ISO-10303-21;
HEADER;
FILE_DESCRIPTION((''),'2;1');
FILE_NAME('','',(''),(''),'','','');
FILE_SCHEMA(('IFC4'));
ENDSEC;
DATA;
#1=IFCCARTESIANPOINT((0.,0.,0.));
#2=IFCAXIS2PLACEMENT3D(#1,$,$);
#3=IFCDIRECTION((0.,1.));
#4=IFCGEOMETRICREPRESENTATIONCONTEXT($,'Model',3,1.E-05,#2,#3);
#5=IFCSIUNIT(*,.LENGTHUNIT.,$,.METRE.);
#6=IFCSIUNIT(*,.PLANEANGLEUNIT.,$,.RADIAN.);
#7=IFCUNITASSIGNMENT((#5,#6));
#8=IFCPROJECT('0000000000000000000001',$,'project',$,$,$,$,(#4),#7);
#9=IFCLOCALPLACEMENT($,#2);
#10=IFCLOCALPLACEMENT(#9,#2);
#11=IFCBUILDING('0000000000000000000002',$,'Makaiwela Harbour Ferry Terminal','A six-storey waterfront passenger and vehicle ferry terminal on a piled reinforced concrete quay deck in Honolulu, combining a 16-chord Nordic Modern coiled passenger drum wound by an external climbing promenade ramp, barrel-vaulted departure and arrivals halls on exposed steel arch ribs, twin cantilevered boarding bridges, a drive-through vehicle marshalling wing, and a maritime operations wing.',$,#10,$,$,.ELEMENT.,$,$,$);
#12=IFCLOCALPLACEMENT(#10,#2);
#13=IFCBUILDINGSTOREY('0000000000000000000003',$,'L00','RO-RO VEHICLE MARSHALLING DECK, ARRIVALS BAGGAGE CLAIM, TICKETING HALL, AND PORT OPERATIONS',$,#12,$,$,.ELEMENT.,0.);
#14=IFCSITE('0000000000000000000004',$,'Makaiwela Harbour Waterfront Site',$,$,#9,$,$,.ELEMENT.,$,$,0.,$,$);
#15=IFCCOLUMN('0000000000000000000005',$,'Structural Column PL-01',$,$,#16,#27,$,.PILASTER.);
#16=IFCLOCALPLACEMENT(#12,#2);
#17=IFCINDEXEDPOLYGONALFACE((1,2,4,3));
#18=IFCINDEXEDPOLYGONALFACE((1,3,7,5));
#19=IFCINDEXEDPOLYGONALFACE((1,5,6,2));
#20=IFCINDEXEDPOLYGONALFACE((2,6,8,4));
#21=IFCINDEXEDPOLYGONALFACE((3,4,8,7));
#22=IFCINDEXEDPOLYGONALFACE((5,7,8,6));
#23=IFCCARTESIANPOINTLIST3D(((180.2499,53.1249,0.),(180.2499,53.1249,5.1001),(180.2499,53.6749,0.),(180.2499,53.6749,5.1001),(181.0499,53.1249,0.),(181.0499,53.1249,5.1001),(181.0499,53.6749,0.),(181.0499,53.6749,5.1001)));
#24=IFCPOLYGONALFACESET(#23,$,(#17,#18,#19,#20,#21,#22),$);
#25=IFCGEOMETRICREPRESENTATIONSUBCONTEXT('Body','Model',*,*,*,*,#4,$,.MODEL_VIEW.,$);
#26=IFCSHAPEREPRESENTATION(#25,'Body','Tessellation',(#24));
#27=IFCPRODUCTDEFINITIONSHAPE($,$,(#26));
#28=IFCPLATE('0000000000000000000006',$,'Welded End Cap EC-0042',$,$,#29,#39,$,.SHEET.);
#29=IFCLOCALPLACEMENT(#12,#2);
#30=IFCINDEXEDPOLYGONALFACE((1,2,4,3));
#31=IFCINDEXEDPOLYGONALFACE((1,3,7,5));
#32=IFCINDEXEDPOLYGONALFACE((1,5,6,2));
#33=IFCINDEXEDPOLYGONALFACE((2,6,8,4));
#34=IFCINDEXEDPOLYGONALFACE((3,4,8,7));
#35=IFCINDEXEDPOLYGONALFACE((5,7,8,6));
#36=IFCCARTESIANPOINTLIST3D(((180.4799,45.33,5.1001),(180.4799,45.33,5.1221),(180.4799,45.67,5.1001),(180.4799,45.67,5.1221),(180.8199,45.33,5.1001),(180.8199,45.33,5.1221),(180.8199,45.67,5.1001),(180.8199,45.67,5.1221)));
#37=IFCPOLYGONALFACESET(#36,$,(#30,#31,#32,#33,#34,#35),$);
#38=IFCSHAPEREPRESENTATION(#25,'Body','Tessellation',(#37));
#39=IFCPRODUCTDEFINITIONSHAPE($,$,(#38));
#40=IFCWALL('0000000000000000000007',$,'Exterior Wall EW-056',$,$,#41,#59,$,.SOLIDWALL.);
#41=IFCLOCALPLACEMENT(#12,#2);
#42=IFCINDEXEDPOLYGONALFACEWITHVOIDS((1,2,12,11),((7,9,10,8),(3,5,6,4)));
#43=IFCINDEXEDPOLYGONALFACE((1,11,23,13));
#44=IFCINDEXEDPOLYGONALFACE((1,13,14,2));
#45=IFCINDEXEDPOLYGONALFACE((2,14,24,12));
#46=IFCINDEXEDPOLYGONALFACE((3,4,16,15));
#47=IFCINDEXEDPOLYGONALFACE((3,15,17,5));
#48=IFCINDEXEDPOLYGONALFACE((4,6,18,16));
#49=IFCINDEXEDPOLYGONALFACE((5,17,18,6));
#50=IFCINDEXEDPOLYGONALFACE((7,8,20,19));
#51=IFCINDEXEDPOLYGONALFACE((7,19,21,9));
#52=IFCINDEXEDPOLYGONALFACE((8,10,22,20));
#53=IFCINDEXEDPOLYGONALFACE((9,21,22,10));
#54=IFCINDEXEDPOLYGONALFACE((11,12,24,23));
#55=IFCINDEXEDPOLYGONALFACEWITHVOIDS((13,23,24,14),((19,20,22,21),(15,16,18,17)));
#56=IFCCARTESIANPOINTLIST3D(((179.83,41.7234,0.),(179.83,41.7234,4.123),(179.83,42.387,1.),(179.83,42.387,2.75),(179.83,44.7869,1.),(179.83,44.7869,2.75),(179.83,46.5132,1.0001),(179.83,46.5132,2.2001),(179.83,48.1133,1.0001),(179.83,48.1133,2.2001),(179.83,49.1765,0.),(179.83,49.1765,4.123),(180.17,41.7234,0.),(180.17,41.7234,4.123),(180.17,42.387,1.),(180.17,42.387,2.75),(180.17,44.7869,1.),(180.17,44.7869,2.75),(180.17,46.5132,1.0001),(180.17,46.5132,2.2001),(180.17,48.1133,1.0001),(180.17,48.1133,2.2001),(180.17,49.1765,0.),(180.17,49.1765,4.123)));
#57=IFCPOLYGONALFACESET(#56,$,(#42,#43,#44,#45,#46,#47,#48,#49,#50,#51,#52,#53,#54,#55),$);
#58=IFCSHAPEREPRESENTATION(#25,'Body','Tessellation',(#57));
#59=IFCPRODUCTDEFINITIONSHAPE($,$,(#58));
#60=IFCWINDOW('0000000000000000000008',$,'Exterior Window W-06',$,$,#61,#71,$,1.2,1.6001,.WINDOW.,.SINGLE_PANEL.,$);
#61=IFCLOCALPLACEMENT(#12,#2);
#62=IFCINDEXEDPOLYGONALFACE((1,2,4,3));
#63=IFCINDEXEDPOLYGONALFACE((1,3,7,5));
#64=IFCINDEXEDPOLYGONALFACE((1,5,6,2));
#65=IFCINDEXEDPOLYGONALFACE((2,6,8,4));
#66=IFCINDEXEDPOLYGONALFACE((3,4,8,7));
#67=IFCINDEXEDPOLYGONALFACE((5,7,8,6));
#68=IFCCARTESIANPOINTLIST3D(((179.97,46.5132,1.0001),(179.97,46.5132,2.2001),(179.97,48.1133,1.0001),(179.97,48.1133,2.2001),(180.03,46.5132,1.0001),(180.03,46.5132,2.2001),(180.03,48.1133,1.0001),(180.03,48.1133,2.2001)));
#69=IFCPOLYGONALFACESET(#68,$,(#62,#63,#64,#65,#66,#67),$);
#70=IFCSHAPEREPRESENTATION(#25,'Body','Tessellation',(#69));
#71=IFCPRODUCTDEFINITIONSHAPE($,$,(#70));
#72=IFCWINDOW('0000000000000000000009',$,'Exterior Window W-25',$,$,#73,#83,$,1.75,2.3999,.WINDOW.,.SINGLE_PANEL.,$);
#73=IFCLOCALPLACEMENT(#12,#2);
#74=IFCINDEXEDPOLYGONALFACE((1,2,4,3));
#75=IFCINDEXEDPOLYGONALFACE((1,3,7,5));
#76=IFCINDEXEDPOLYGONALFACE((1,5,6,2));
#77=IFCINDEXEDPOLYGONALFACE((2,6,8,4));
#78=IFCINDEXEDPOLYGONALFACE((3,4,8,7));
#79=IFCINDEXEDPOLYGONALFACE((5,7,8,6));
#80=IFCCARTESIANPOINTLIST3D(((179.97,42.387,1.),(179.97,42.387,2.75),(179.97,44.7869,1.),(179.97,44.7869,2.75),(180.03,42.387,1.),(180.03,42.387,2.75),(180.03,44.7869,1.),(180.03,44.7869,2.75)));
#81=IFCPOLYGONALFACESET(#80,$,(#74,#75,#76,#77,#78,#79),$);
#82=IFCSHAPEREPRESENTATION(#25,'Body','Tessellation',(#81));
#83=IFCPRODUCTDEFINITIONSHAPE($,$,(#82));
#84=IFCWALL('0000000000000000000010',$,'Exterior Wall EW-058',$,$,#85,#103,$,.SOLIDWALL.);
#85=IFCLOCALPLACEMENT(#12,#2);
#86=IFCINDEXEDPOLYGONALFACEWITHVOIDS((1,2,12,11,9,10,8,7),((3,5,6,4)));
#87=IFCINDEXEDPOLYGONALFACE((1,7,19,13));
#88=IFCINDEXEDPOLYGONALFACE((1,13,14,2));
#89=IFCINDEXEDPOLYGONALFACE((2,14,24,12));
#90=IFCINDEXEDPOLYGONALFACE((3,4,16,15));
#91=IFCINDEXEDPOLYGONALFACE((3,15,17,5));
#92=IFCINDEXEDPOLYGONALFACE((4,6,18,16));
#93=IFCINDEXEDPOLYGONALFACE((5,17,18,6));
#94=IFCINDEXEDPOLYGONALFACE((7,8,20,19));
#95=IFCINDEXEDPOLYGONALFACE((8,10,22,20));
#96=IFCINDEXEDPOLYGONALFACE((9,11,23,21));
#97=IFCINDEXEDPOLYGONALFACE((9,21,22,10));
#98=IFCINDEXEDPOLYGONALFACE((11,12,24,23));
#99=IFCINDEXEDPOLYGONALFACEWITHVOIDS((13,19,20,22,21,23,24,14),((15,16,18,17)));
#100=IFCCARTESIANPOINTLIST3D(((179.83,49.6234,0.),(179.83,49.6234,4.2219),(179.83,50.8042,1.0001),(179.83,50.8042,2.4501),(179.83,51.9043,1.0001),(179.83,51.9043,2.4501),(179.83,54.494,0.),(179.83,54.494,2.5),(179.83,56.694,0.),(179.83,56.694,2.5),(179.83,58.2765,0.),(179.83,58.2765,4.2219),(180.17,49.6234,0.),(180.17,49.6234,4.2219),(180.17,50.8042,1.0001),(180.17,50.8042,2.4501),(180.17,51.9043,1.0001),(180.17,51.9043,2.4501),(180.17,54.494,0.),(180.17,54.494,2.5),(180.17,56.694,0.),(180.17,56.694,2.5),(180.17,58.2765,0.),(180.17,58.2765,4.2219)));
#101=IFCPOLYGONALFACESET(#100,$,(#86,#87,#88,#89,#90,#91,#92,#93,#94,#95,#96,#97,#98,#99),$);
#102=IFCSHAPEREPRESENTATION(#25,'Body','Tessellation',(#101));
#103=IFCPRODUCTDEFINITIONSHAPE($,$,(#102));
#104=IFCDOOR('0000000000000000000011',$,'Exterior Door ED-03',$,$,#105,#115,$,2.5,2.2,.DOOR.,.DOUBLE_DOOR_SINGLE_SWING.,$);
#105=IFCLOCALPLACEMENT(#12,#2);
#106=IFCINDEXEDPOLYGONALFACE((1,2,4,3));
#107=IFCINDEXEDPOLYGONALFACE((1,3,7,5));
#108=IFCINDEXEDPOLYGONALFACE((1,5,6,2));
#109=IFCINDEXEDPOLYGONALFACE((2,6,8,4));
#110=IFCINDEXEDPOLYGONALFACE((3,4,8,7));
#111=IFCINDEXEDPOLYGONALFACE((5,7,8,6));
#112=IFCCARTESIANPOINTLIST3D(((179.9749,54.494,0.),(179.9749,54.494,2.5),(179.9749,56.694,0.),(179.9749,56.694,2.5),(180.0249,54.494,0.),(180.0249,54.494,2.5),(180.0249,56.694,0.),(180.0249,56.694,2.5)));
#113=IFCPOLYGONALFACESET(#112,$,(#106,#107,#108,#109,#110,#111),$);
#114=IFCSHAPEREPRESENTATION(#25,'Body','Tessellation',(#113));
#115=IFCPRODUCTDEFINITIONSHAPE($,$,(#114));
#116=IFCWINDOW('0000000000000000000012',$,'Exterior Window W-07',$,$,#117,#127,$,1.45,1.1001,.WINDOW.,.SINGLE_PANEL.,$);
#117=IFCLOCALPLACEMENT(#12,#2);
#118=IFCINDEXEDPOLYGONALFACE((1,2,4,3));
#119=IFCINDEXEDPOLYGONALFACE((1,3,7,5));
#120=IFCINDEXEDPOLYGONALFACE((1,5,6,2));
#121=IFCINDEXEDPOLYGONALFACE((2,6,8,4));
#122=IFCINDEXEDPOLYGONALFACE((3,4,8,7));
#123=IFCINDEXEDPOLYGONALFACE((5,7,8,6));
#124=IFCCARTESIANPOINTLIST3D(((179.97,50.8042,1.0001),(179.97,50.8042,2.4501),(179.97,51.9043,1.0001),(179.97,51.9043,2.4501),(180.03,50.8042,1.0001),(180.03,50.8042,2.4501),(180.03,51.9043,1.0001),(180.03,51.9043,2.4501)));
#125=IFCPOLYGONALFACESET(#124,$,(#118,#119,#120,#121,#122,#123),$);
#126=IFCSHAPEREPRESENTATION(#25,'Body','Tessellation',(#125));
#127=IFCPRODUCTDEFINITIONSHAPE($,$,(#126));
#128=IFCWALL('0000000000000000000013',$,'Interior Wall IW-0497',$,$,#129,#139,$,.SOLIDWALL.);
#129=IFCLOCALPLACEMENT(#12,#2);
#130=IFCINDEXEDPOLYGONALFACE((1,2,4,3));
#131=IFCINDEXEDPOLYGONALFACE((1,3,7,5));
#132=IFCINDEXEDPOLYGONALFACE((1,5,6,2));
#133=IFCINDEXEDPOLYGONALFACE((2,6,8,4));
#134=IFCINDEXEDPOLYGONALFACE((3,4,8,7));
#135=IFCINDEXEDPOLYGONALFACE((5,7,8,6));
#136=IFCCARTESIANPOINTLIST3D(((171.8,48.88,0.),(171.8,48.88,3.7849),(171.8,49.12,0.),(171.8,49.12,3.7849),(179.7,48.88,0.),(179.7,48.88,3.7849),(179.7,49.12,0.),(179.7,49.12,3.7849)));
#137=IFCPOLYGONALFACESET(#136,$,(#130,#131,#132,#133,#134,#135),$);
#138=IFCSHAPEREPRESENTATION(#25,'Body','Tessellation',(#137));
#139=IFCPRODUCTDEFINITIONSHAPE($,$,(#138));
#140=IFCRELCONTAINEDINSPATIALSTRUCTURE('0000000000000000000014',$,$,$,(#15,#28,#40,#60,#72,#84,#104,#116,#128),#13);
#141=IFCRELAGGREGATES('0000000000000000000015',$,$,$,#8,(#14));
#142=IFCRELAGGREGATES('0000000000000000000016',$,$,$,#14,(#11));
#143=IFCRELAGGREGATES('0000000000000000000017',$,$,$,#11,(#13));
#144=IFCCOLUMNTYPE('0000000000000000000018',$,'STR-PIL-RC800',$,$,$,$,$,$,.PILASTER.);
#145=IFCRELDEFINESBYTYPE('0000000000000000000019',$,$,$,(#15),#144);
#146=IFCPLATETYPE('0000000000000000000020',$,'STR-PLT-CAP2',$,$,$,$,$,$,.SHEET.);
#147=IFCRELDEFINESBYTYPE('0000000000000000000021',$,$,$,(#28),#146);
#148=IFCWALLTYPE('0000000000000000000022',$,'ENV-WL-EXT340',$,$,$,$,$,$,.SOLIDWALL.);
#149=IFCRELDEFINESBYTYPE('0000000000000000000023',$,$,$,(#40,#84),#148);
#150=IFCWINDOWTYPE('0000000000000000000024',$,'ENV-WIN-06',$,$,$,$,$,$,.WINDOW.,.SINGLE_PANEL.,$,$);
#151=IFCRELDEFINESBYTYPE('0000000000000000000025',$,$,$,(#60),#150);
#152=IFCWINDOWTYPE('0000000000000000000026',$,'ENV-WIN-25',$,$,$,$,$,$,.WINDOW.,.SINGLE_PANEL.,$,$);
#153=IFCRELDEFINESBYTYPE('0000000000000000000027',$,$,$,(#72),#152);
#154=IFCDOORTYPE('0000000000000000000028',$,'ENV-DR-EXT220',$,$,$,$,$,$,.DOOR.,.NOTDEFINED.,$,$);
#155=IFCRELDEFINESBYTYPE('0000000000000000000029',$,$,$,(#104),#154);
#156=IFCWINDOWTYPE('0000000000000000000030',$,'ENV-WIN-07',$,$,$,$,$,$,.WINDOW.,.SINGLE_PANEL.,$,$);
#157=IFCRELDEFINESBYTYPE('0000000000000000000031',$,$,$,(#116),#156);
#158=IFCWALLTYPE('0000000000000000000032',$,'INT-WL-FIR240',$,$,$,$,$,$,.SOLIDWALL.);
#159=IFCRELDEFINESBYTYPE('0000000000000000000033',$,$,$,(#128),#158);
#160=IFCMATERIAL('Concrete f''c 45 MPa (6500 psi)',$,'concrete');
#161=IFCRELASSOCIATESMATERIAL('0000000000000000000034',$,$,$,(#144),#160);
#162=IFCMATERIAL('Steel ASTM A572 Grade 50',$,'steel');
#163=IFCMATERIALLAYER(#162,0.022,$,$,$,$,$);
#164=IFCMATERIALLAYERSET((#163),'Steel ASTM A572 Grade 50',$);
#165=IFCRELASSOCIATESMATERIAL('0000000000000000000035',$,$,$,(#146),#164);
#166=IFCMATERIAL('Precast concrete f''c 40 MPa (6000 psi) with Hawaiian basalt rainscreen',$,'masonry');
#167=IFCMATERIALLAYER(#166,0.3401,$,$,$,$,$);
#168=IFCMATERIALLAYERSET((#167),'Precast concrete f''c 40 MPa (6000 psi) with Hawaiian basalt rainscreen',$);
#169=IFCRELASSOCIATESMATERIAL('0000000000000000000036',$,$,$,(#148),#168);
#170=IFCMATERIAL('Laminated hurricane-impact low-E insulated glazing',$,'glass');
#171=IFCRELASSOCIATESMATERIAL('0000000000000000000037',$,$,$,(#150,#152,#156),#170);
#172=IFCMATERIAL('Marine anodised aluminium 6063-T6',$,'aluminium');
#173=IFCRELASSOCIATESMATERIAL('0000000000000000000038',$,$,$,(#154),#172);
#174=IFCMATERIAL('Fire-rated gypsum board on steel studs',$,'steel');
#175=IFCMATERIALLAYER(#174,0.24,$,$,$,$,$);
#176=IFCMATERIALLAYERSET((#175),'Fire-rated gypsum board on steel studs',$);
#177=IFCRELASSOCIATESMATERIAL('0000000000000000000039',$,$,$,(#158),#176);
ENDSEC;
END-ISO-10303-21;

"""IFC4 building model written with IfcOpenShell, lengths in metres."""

from ifc_helpers import new_model, si_unit, direction, frame, frame_2d, origin, origin_2d, place, context, subcontext, project, spatial, rectangle, extrude, material, layer, layer_set, material_profile, profile_set, type_object, element, fill, save


model = new_model("IFC4")

# Units and contexts
model_context = context("Model", 3, precision=1e-05, world=origin(), true_north=direction((0.0, 1.0)))
body_context = subcontext(model_context, "Body", "Model", "MODEL_VIEW")
ifc_project = project(units=[si_unit("LENGTHUNIT", "METRE"), si_unit("PLANEANGLEUNIT", "RADIAN")], contexts=[model_context])

# Site, building, storey
site_placement = place(None, origin())
site = spatial("IfcSite", under=ifc_project, at=site_placement, Name="Makaiwela Harbour Waterfront Site", CompositionType="ELEMENT", RefElevation=0.0)
building_placement = place(site_placement, origin())
building = spatial("IfcBuilding", under=site, at=building_placement, Name="Makaiwela Harbour Ferry Terminal", Description="A six-storey waterfront passenger and vehicle ferry terminal on a piled reinforced concrete quay deck in Honolulu, combining a 16-chord Nordic Modern coiled passenger drum wound by an external climbing promenade ramp, barrel-vaulted departure and arrivals halls on exposed steel arch ribs, twin cantilevered boarding bridges, a drive-through vehicle marshalling wing, and a maritime operations wing.", CompositionType="ELEMENT")
storey_placement = place(building_placement, origin())
storey = spatial("IfcBuildingStorey", under=building, at=storey_placement, Name="L00", Description="RO-RO VEHICLE MARSHALLING DECK, ARRIVALS BAGGAGE CLAIM, TICKETING HALL, AND PORT OPERATIONS", CompositionType="ELEMENT", Elevation=0.0)

# Shared definitions
ifc_material_1 = material(Name="Concrete f'c 45 MPa (6500 psi)", Category="concrete")

# Column
ifc_material_profile_1 = material_profile(ifc_material_1, rectangle(XDim=0.55, YDim=0.8, at=origin_2d()), Name="RC-800X550")
ifc_profile_set_1 = profile_set([ifc_material_profile_1], Name="Concrete f'c 45 MPa (6500 psi)")
column_type_1 = type_object("IfcColumnType", Name="STR-PIL-RC800", PredefinedType="PILASTER", material=ifc_profile_set_1)
column_1_placement = place(storey_placement, frame((180.6499, 53.3999, 0.0), z_axis=(0.0, 0.0, 1.0), x_axis=(0.0, 1.0, 0.0)))
element("IfcColumn", 1, at=column_1_placement, inside=storey, type_object=column_type_1, Name="Structural Column PL-01", PredefinedType="PILASTER", context=body_context, shape_type="SweptSolid", body=[
    extrude(rectangle(XDim=0.55, YDim=0.8, at=origin_2d()), origin(), (0.0, 0.0, 1.0), 5.1001),
])

# Plate
ifc_material_2 = material(Name="Steel ASTM A572 Grade 50", Category="steel")
ifc_layer_1 = layer(ifc_material_2, 0.022)
ifc_layer_set_1 = layer_set([ifc_layer_1], Name="Steel ASTM A572 Grade 50")
plate_type = type_object("IfcPlateType", Name="STR-PLT-CAP2", PredefinedType="SHEET", material=ifc_layer_set_1)
plate_placement = place(storey_placement, frame((180.6499, 45.5, 5.1001), z_axis=(0.0, 0.0, 1.0), x_axis=(1.0, 0.0, 0.0)))
element("IfcPlate", 2, at=plate_placement, inside=storey, type_object=plate_type, Name="Welded End Cap EC-0042", PredefinedType="SHEET", context=body_context, shape_type="SweptSolid", body=[
    extrude(rectangle(XDim=0.3401, YDim=0.3401, at=origin_2d()), origin(), (0.0, 0.0, 1.0), 0.022),
])

# Wall, openings, windows
ifc_material_3 = material(Name="Precast concrete f'c 40 MPa (6000 psi) with Hawaiian basalt rainscreen", Category="masonry")
ifc_layer_2 = layer(ifc_material_3, 0.3401)
ifc_layer_set_2 = layer_set([ifc_layer_2], Name="Precast concrete f'c 40 MPa (6000 psi) with Hawaiian basalt rainscreen")
wall_type_1 = type_object("IfcWallType", Name="ENV-WL-EXT340", PredefinedType="SOLIDWALL", material=ifc_layer_set_2)
wall_1_placement = place(storey_placement, frame((180.0, 49.1765, 0.0), z_axis=(0.0, 0.0, 1.0), x_axis=(0.0, -1.0, 0.0)))
wall_1 = element("IfcWall", 3, at=wall_1_placement, inside=storey, type_object=wall_type_1, Name="Exterior Wall EW-056", PredefinedType="SOLIDWALL", context=body_context, shape_type="SweptSolid", body=[
    extrude(rectangle(XDim=7.4531, YDim=0.3401, at=frame_2d((3.7266, 0.0))), origin(), (0.0, 0.0, 1.0), 4.123),
])
opening_1_placement = place(wall_1_placement, frame((1.0632, 0.0, 1.0)))
opening_1 = element("IfcOpeningElement", 4, at=opening_1_placement, cuts=wall_1, PredefinedType="OPENING", context=body_context, shape_type="SweptSolid", body=[
    extrude(rectangle(XDim=1.6001, YDim=1.2, at=frame_2d((0.8, 0.6001))), frame((0.0, 0.1799, 0.0), z_axis=(0.0, -1.0, 0.0), x_axis=(1.0, 0.0, 0.0)), (0.0, 0.0, 1.0), 0.3601),
])
opening_2_placement = place(wall_1_placement, frame((4.3896, 0.0, 1.0)))
opening_2 = element("IfcOpeningElement", 5, at=opening_2_placement, cuts=wall_1, PredefinedType="OPENING", context=body_context, shape_type="SweptSolid", body=[
    extrude(rectangle(XDim=2.3999, YDim=1.75, at=frame_2d((1.2, 0.875))), frame((0.0, 0.1799, 0.0), z_axis=(0.0, -1.0, 0.0), x_axis=(1.0, 0.0, 0.0)), (0.0, 0.0, 1.0), 0.3601),
])
ifc_material_4 = material(Name="Laminated hurricane-impact low-E insulated glazing", Category="glass")
window_type_1 = type_object("IfcWindowType", Name="ENV-WIN-06", PartitioningType="SINGLE_PANEL", PredefinedType="WINDOW", material=ifc_material_4)
window_1_placement = place(opening_1_placement, origin())
window_1 = element("IfcWindow", 6, at=window_1_placement, inside=storey, type_object=window_type_1, Name="Exterior Window W-06", OverallHeight=1.2, OverallWidth=1.6001, PartitioningType="SINGLE_PANEL", PredefinedType="WINDOW", context=body_context, shape_type="SweptSolid", body=[
    extrude(rectangle(XDim=1.6001, YDim=1.2, at=frame_2d((0.8, 0.6001))), frame((0.0, 0.03, 0.0), z_axis=(0.0, -1.0, 0.0), x_axis=(1.0, 0.0, 0.0)), (0.0, 0.0, 1.0), 0.0601),
])
fill(opening_1, window_1)
window_type_2 = type_object("IfcWindowType", Name="ENV-WIN-25", PartitioningType="SINGLE_PANEL", PredefinedType="WINDOW", material=ifc_material_4)
window_2_placement = place(opening_2_placement, origin())
window_2 = element("IfcWindow", 7, at=window_2_placement, inside=storey, type_object=window_type_2, Name="Exterior Window W-25", OverallHeight=1.75, OverallWidth=2.3999, PartitioningType="SINGLE_PANEL", PredefinedType="WINDOW", context=body_context, shape_type="SweptSolid", body=[
    extrude(rectangle(XDim=2.3999, YDim=1.75, at=frame_2d((1.2, 0.875))), frame((0.0, 0.03, 0.0), z_axis=(0.0, -1.0, 0.0), x_axis=(1.0, 0.0, 0.0)), (0.0, 0.0, 1.0), 0.0601),
])
fill(opening_2, window_2)

# Wall, openings, door, window
wall_2_placement = place(storey_placement, frame((180.0, 58.2766, 0.0), z_axis=(0.0, 0.0, 1.0), x_axis=(0.0, -1.0, 0.0)))
wall_2 = element("IfcWall", 8, at=wall_2_placement, inside=storey, type_object=wall_type_1, Name="Exterior Wall EW-058", PredefinedType="SOLIDWALL", context=body_context, shape_type="SweptSolid", body=[
    extrude(rectangle(XDim=8.6531, YDim=0.3401, at=frame_2d((4.3267, 0.0))), origin(), (0.0, 0.0, 1.0), 4.2219),
])
opening_3_placement = place(wall_2_placement, frame((1.5825, 0.0, 0.0)))
opening_3 = element("IfcOpeningElement", 9, at=opening_3_placement, cuts=wall_2, PredefinedType="OPENING", context=body_context, shape_type="SweptSolid", body=[
    extrude(rectangle(XDim=2.2, YDim=2.5, at=frame_2d((1.1001, 1.25))), frame((0.0, 0.1799, 0.0), z_axis=(0.0, -1.0, 0.0), x_axis=(1.0, 0.0, 0.0)), (0.0, 0.0, 1.0), 0.3601),
])
opening_4_placement = place(wall_2_placement, frame((6.3723, 0.0, 1.0)))
opening_4 = element("IfcOpeningElement", 10, at=opening_4_placement, cuts=wall_2, PredefinedType="OPENING", context=body_context, shape_type="SweptSolid", body=[
    extrude(rectangle(XDim=1.1001, YDim=1.45, at=frame_2d((0.55, 0.7251))), frame((0.0, 0.1799, 0.0), z_axis=(0.0, -1.0, 0.0), x_axis=(1.0, 0.0, 0.0)), (0.0, 0.0, 1.0), 0.3601),
])
ifc_material_5 = material(Name="Marine anodised aluminium 6063-T6", Category="aluminium")
door_type = type_object("IfcDoorType", Name="ENV-DR-EXT220", OperationType="NOTDEFINED", PredefinedType="DOOR", material=ifc_material_5)
door_placement = place(opening_3_placement, origin())
door = element("IfcDoor", 11, at=door_placement, inside=storey, type_object=door_type, Name="Exterior Door ED-03", OperationType="DOUBLE_DOOR_SINGLE_SWING", OverallHeight=2.5, OverallWidth=2.2, PredefinedType="DOOR", context=body_context, shape_type="SweptSolid", body=[
    extrude(rectangle(XDim=2.2, YDim=2.5, at=frame_2d((1.1001, 1.25))), frame((0.0, 0.0249, 0.0), z_axis=(0.0, -1.0, 0.0), x_axis=(1.0, 0.0, 0.0)), (0.0, 0.0, 1.0), 0.05),
])
fill(opening_3, door)
window_type_3 = type_object("IfcWindowType", Name="ENV-WIN-07", PartitioningType="SINGLE_PANEL", PredefinedType="WINDOW", material=ifc_material_4)
window_3_placement = place(opening_4_placement, origin())
window_3 = element("IfcWindow", 12, at=window_3_placement, inside=storey, type_object=window_type_3, Name="Exterior Window W-07", OverallHeight=1.45, OverallWidth=1.1001, PartitioningType="SINGLE_PANEL", PredefinedType="WINDOW", context=body_context, shape_type="SweptSolid", body=[
    extrude(rectangle(XDim=1.1001, YDim=1.45, at=frame_2d((0.55, 0.7251))), frame((0.0, 0.03, 0.0), z_axis=(0.0, -1.0, 0.0), x_axis=(1.0, 0.0, 0.0)), (0.0, 0.0, 1.0), 0.0601),
])
fill(opening_4, window_3)

# Wall
ifc_material_6 = material(Name="Fire-rated gypsum board on steel studs", Category="steel")
ifc_layer_3 = layer(ifc_material_6, 0.24)
ifc_layer_set_3 = layer_set([ifc_layer_3], Name="Fire-rated gypsum board on steel studs")
wall_type_2 = type_object("IfcWallType", Name="INT-WL-FIR240", PredefinedType="SOLIDWALL", material=ifc_layer_set_3)
wall_3_placement = place(storey_placement, frame((171.8, 49.0, 0.0), z_axis=(0.0, 0.0, 1.0), x_axis=(1.0, 0.0, 0.0)))
element("IfcWall", 13, at=wall_3_placement, inside=storey, type_object=wall_type_2, Name="Interior Wall IW-0497", PredefinedType="SOLIDWALL", context=body_context, shape_type="SweptSolid", body=[
    extrude(rectangle(XDim=7.8999, YDim=0.24, at=frame_2d((3.95, 0.0))), origin(), (0.0, 0.0, 1.0), 3.7849),
])

save(model, "model.ifc")
